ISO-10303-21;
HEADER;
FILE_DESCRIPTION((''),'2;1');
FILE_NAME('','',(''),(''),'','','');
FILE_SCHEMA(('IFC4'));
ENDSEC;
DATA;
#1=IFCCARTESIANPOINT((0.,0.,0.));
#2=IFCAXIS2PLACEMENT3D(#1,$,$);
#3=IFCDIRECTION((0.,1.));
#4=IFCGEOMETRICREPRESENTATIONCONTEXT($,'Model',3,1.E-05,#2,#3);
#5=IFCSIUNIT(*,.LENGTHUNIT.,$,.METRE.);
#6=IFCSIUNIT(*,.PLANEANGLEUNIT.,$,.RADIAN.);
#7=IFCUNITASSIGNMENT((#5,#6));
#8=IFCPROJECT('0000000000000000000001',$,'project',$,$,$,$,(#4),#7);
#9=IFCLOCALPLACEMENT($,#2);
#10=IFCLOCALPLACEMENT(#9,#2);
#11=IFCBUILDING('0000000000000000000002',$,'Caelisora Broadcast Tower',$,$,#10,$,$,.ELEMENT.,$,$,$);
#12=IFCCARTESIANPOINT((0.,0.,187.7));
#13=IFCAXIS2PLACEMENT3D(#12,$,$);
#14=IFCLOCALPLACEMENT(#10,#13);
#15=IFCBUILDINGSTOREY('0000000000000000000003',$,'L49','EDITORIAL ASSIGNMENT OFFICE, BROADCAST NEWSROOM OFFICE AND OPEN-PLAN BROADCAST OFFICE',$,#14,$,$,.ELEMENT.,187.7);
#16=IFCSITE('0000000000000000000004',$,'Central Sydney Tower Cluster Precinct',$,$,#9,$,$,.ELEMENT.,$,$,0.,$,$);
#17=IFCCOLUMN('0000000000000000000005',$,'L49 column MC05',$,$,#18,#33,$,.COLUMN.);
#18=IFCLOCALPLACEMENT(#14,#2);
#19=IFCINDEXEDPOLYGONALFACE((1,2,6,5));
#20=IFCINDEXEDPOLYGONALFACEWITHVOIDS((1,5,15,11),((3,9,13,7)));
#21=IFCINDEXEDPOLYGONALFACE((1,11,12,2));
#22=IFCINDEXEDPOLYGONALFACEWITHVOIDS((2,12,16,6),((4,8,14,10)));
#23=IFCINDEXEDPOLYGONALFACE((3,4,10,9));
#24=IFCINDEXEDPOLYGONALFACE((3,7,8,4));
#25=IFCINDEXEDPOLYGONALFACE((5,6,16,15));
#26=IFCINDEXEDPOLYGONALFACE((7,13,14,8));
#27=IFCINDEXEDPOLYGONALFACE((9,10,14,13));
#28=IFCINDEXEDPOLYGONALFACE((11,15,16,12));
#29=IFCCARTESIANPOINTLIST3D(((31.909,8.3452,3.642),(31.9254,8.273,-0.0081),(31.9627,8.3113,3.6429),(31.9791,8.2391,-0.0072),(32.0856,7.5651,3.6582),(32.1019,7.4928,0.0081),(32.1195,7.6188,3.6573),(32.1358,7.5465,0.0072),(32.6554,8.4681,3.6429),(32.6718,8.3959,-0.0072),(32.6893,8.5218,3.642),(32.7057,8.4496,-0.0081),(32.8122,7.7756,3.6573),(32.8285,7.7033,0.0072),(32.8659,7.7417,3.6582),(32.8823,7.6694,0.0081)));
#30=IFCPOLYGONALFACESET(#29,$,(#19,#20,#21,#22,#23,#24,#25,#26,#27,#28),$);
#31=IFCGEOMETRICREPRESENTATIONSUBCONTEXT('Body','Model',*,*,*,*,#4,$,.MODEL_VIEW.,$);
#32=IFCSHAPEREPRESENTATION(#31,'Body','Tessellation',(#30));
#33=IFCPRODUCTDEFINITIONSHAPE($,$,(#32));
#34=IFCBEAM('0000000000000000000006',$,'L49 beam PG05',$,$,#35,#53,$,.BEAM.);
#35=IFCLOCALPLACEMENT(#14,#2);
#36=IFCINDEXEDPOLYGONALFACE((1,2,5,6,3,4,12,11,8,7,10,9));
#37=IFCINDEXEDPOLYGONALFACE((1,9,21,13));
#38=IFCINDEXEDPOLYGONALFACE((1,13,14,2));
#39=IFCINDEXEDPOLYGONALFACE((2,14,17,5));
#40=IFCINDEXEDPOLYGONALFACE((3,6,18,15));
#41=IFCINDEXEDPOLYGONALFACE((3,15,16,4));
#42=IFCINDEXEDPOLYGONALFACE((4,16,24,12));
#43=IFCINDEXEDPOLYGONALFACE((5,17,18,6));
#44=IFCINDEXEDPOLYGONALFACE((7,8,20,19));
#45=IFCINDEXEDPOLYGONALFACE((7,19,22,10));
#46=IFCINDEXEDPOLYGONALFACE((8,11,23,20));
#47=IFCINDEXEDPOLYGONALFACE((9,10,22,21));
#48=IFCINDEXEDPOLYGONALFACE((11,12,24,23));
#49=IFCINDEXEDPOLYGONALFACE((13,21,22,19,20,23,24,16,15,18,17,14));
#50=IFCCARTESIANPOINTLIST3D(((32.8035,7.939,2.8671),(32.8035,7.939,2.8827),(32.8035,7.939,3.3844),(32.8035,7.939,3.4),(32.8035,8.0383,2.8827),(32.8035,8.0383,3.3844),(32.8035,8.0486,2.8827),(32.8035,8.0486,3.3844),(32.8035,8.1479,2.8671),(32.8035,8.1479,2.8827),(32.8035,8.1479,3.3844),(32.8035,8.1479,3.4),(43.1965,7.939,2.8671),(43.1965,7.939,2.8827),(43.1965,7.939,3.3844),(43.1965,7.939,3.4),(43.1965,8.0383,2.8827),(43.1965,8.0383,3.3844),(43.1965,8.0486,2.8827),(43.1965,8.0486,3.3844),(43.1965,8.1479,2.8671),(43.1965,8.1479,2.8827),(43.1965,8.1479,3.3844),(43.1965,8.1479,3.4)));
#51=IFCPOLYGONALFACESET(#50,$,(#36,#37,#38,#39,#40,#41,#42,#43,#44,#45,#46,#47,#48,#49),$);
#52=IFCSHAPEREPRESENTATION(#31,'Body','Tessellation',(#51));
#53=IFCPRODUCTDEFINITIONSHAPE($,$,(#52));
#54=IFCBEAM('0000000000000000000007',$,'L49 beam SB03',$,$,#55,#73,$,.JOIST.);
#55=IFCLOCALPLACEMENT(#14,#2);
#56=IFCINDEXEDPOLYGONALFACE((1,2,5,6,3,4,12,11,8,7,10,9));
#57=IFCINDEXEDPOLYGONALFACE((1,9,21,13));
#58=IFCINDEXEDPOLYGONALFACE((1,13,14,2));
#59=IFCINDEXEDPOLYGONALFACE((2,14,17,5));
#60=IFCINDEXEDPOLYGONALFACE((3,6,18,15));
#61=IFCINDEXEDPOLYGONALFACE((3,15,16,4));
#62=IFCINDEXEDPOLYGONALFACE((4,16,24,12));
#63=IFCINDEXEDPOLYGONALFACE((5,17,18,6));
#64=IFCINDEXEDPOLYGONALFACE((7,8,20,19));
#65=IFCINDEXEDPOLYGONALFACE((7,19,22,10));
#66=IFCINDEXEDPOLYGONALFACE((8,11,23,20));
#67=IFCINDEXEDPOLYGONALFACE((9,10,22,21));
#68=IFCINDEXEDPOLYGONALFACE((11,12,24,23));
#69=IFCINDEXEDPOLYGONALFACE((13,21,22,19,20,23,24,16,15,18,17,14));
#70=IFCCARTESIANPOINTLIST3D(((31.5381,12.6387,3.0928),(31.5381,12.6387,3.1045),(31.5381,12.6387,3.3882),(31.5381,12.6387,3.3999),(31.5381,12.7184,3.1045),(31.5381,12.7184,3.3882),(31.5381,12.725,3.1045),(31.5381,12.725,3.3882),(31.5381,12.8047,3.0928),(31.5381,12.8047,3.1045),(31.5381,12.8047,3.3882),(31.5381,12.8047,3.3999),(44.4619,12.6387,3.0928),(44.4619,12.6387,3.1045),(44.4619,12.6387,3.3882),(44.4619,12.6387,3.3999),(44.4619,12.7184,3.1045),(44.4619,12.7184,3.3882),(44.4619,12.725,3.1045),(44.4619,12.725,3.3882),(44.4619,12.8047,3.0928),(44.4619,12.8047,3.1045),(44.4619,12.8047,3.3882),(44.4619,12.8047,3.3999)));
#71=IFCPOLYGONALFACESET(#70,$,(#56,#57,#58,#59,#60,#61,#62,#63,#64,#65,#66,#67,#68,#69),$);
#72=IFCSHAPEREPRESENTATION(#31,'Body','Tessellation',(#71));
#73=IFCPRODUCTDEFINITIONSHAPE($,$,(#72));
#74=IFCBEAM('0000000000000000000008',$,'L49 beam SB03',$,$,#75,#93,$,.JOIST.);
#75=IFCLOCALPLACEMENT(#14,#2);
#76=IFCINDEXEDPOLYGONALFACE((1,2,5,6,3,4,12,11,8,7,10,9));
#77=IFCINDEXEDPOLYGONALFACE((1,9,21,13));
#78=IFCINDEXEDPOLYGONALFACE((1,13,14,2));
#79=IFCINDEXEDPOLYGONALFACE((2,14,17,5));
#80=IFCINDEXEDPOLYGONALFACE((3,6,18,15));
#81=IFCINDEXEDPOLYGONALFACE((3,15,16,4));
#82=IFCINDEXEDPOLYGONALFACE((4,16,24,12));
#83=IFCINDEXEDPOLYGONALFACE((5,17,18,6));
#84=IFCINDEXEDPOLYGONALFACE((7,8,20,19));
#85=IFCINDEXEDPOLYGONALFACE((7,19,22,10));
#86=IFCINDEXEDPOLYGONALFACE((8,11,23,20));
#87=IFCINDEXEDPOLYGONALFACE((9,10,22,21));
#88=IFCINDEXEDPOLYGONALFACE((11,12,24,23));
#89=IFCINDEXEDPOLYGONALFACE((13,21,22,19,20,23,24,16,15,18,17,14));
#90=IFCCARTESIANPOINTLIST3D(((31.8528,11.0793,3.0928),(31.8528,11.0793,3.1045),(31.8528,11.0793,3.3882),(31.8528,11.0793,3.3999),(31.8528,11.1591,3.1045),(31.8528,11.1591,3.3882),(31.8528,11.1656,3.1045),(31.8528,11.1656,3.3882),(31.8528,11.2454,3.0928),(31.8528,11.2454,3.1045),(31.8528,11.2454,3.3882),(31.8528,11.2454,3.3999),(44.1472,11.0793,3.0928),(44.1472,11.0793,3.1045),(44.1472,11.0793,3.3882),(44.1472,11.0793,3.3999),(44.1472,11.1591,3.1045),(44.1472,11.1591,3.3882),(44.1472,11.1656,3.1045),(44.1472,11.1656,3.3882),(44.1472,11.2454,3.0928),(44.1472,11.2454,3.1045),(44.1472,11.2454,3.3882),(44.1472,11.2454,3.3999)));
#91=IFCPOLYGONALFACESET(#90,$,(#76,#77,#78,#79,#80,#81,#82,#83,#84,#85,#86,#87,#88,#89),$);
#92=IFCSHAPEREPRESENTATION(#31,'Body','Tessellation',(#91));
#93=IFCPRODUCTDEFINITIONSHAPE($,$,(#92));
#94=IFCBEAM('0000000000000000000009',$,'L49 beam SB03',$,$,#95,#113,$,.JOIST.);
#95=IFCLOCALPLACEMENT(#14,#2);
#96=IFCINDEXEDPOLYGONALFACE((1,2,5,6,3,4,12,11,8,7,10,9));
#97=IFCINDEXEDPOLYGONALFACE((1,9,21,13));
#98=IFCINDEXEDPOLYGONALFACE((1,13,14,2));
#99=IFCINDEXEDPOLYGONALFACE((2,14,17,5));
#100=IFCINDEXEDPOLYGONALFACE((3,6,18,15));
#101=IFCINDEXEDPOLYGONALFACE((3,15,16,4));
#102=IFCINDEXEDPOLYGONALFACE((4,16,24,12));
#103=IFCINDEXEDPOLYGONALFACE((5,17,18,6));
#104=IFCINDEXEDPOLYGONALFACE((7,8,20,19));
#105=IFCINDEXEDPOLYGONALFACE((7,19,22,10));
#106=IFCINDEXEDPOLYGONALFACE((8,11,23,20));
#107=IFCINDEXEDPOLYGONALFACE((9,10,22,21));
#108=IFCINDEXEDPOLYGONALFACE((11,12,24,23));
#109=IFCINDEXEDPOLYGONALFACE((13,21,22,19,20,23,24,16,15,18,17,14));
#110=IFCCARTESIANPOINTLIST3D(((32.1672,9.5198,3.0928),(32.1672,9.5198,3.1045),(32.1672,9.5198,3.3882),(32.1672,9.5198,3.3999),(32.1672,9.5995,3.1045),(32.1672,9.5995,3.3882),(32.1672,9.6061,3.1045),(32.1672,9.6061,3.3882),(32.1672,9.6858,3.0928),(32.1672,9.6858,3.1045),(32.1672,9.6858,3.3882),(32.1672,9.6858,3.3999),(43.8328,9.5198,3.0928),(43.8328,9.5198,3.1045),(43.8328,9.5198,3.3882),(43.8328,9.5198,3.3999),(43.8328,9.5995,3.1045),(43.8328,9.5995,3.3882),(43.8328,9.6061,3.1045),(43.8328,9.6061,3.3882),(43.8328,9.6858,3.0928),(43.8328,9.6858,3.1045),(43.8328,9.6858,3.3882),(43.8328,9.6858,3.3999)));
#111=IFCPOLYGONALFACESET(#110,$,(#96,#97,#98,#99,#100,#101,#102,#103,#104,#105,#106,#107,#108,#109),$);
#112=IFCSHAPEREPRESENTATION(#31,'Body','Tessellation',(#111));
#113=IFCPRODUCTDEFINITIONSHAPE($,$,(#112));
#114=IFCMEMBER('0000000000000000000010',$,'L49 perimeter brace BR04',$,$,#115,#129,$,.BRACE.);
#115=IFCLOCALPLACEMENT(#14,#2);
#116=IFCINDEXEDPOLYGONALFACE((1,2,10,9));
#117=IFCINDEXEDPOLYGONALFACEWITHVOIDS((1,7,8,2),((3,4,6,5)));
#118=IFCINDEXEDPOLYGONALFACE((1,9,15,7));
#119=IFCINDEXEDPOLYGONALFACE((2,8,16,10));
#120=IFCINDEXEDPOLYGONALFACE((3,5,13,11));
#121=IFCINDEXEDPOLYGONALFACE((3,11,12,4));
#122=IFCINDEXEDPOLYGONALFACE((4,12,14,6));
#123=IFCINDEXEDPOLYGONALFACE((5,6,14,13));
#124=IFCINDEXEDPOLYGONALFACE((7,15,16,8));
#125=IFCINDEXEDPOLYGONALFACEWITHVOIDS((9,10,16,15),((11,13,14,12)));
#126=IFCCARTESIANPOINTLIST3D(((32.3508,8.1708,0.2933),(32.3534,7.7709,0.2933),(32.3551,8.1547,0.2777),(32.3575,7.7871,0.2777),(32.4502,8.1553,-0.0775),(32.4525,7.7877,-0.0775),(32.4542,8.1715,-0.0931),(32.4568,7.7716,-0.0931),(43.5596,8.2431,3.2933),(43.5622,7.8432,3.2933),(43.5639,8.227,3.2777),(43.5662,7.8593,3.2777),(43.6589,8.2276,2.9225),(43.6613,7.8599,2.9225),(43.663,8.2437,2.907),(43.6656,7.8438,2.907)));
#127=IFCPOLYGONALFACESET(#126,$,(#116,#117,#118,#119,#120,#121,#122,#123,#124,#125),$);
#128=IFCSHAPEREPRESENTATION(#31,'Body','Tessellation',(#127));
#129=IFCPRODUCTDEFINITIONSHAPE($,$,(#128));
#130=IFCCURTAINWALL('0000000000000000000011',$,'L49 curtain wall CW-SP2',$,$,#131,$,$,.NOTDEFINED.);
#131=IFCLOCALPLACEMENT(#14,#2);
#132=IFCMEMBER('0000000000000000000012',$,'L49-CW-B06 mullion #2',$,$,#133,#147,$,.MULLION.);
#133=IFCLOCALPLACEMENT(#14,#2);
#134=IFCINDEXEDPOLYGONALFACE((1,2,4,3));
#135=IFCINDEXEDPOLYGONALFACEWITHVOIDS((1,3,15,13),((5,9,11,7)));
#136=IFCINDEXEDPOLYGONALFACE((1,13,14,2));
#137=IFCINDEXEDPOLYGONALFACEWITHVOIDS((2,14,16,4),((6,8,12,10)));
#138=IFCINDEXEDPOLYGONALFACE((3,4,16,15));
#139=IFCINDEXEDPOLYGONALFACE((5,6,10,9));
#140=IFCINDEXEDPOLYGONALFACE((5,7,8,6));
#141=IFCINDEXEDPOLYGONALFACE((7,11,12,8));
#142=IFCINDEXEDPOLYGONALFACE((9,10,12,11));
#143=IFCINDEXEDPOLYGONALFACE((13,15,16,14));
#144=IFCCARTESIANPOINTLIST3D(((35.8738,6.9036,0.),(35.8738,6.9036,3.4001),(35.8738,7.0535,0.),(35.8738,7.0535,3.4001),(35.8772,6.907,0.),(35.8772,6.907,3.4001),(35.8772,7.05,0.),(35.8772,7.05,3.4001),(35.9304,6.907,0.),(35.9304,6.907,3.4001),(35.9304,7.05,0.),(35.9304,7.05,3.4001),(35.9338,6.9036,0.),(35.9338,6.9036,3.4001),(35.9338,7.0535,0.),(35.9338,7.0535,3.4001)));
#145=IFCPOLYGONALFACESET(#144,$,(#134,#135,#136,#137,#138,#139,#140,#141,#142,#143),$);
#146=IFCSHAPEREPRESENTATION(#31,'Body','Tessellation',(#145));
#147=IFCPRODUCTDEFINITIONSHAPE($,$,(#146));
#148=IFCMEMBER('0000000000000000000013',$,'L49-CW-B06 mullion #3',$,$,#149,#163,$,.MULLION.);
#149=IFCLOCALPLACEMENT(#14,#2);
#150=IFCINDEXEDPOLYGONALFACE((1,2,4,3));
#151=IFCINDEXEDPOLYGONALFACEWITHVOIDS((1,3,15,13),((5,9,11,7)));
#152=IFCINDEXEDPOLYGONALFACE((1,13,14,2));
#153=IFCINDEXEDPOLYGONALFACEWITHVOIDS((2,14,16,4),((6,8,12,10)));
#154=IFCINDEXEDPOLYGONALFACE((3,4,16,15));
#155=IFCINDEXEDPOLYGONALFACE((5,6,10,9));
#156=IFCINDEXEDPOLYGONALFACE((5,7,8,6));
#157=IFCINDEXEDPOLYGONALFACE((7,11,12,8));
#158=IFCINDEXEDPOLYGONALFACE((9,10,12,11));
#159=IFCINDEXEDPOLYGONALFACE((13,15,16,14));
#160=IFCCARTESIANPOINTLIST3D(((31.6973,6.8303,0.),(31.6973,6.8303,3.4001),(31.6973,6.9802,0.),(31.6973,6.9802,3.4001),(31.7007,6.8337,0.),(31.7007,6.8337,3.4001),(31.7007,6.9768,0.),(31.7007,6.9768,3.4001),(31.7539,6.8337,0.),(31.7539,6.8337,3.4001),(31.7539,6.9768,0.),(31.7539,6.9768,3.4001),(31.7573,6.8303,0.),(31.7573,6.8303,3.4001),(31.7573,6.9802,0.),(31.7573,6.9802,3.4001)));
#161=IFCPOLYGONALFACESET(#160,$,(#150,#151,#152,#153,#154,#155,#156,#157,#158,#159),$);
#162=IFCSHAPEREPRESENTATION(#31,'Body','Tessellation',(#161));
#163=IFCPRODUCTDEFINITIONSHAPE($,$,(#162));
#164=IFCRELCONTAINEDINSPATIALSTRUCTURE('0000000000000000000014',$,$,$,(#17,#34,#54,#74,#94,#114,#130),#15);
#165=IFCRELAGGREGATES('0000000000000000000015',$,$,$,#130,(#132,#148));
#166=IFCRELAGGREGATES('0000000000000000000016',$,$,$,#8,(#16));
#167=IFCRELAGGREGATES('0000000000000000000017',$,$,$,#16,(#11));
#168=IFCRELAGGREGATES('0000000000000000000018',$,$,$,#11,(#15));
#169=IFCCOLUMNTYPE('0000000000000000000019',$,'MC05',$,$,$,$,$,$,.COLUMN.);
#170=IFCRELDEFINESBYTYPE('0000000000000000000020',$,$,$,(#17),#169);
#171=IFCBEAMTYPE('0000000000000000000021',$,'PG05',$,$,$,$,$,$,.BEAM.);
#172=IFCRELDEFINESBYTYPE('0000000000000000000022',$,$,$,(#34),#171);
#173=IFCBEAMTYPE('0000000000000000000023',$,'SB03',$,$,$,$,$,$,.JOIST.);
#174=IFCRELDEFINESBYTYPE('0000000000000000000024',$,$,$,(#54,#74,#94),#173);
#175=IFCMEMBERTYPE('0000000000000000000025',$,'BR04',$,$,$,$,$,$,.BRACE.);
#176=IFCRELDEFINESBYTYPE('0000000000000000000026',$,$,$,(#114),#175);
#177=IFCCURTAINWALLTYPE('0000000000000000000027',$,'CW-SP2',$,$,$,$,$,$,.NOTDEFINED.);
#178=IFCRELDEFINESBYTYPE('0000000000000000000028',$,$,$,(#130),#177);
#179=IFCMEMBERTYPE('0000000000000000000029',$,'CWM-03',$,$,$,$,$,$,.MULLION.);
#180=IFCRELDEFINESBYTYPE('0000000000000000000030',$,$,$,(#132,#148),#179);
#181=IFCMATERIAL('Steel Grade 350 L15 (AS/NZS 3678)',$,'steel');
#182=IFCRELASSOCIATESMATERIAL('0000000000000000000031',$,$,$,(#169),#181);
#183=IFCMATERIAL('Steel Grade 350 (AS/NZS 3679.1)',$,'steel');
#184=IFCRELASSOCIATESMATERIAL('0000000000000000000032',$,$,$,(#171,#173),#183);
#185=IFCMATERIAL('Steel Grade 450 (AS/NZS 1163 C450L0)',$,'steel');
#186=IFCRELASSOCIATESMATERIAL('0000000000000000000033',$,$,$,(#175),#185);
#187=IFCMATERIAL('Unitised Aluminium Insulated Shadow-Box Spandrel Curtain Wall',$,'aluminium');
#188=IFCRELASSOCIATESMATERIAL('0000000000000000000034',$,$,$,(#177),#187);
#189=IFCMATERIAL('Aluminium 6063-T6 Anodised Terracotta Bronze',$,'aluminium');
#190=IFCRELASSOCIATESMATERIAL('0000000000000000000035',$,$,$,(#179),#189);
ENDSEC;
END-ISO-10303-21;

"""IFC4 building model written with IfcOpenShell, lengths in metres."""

from ifc_helpers import new_model, si_unit, direction, frame, origin, origin_2d, place, context, subcontext, project, spatial, hollow_rectangle, i_section, extrude, source, transform, mapped, material, material_profile, profile_set, type_object, type_shapes, element, aggregate, save


model = new_model("IFC4")

# Units and contexts
model_context = context("Model", 3, precision=1e-05, world=origin(), true_north=direction((0.0, 1.0)))
body_context = subcontext(model_context, "Body", "Model", "MODEL_VIEW")
ifc_project = project(units=[si_unit("LENGTHUNIT", "METRE"), si_unit("PLANEANGLEUNIT", "RADIAN")], contexts=[model_context])

# Site, building, storey
site_placement = place(None, origin())
site = spatial("IfcSite", under=ifc_project, at=site_placement, Name="Central Sydney Tower Cluster Precinct", CompositionType="ELEMENT", RefElevation=0.0)
building_placement = place(site_placement, origin())
building = spatial("IfcBuilding", under=site, at=building_placement, Name="Caelisora Broadcast Tower", CompositionType="ELEMENT")
storey_placement = place(building_placement, frame((0.0, 0.0, 187.7)))
storey = spatial("IfcBuildingStorey", under=building, at=storey_placement, Name="L49", Description="EDITORIAL ASSIGNMENT OFFICE, BROADCAST NEWSROOM OFFICE AND OPEN-PLAN BROADCAST OFFICE", CompositionType="ELEMENT", Elevation=187.7)

# Column
ifc_material_1 = material(Name="Steel Grade 350 L15 (AS/NZS 3678)", Category="steel")
ifc_material_profile_1 = material_profile(ifc_material_1, hollow_rectangle(XDim=0.8, YDim=0.8, WallThickness=0.0449, at=origin_2d()), Name="Steel Grade 350 L15 (AS/NZS 3678)")
ifc_profile_set_1 = profile_set([ifc_material_profile_1], Name="Steel Grade 350 L15 (AS/NZS 3678)")
column_type = type_object("IfcColumnType", Name="MC05", PredefinedType="COLUMN", material=ifc_profile_set_1)
shared_shape_1 = source(origin(), body_context, "Body", "SweptSolid", [
    extrude(hollow_rectangle(XDim=0.8, YDim=0.8, WallThickness=0.0449, at=origin_2d()), origin(), (0.0, 0.0, 1.0), 3.6509),
])
type_shapes(column_type, [shared_shape_1])
column_placement = place(storey_placement, frame((32.4038, 7.9712, 0.0), z_axis=(-0.00448, 0.019794, 0.999794), x_axis=(-0.975327, -0.220767, 0.0)))
element("IfcColumn", 1, at=column_placement, inside=storey, type_object=column_type, Name="L49 column MC05", PredefinedType="COLUMN", context=body_context, shape_type="MappedRepresentation", body=[
    mapped(shared_shape_1, transform((0.0, 0.0, 0.0), scale=1.0)),
])

# Beams
ifc_material_2 = material(Name="Steel Grade 350 (AS/NZS 3679.1)", Category="steel")
ifc_material_profile_2 = material_profile(ifc_material_2, i_section(OverallWidth=0.209, OverallDepth=0.533, WebThickness=0.0103, FlangeThickness=0.0156, at=origin_2d()), Name="Steel Grade 350 (AS/NZS 3679.1)")
ifc_profile_set_2 = profile_set([ifc_material_profile_2], Name="Steel Grade 350 (AS/NZS 3679.1)")
beam_type_1 = type_object("IfcBeamType", Name="PG05", PredefinedType="BEAM", material=ifc_profile_set_2)
shared_shape_2 = source(origin(), body_context, "Body", "SweptSolid", [
    extrude(i_section(OverallWidth=0.209, OverallDepth=0.533, WebThickness=0.0103, FlangeThickness=0.0156, at=origin_2d()), origin(), (0.0, 0.0, 1.0), 10.3931),
])
type_shapes(beam_type_1, [shared_shape_2])
beam_1_placement = place(storey_placement, frame((32.8035, 8.0435, 3.1335), z_axis=(1.0, 0.0, 0.0), x_axis=(0.0, 1.0, 0.0)))
element("IfcBeam", 2, at=beam_1_placement, inside=storey, type_object=beam_type_1, Name="L49 beam PG05", PredefinedType="BEAM", context=body_context, shape_type="MappedRepresentation", body=[
    mapped(shared_shape_2, transform((0.0, 0.0, 0.0), scale=1.0)),
])
ifc_material_profile_3 = material_profile(ifc_material_2, i_section(OverallWidth=0.166, OverallDepth=0.3071, WebThickness=0.0066, FlangeThickness=0.0117, at=origin_2d()), Name="Steel Grade 350 (AS/NZS 3679.1)")
ifc_profile_set_3 = profile_set([ifc_material_profile_3], Name="Steel Grade 350 (AS/NZS 3679.1)")
beam_type_2 = type_object("IfcBeamType", Name="SB03", PredefinedType="JOIST", material=ifc_profile_set_3)
shared_shape_3 = source(origin(), body_context, "Body", "SweptSolid", [
    extrude(i_section(OverallWidth=0.166, OverallDepth=0.3071, WebThickness=0.0066, FlangeThickness=0.0117, at=origin_2d()), origin(), (0.0, 0.0, 1.0), 12.9238),
])
beam_2_placement = place(storey_placement, frame((31.5381, 12.7217, 3.2463), z_axis=(1.0, 0.0, 0.0), x_axis=(0.0, 1.0, 0.0)))
element("IfcBeam", 3, at=beam_2_placement, inside=storey, type_object=beam_type_2, Name="L49 beam SB03", PredefinedType="JOIST", context=body_context, shape_type="MappedRepresentation", body=[
    mapped(shared_shape_3, transform((0.0, 0.0, 0.0), scale=1.0)),
])
shared_shape_4 = source(origin(), body_context, "Body", "SweptSolid", [
    extrude(i_section(OverallWidth=0.166, OverallDepth=0.3071, WebThickness=0.0066, FlangeThickness=0.0117, at=origin_2d()), origin(), (0.0, 0.0, 1.0), 12.2944),
])
beam_3_placement = place(storey_placement, frame((31.8528, 11.1624, 3.2463), z_axis=(1.0, 0.0, 0.0), x_axis=(0.0, 1.0, 0.0)))
element("IfcBeam", 4, at=beam_3_placement, inside=storey, type_object=beam_type_2, Name="L49 beam SB03", PredefinedType="JOIST", context=body_context, shape_type="MappedRepresentation", body=[
    mapped(shared_shape_4, transform((0.0, 0.0, 0.0), scale=1.0)),
])
shared_shape_5 = source(origin(), body_context, "Body", "SweptSolid", [
    extrude(i_section(OverallWidth=0.166, OverallDepth=0.3071, WebThickness=0.0066, FlangeThickness=0.0117, at=origin_2d()), origin(), (0.0, 0.0, 1.0), 11.6655),
])
type_shapes(beam_type_2, [shared_shape_3, shared_shape_4, shared_shape_5])
beam_4_placement = place(storey_placement, frame((32.1672, 9.6028, 3.2463), z_axis=(1.0, 0.0, 0.0), x_axis=(0.0, 1.0, 0.0)))
element("IfcBeam", 5, at=beam_4_placement, inside=storey, type_object=beam_type_2, Name="L49 beam SB03", PredefinedType="JOIST", context=body_context, shape_type="MappedRepresentation", body=[
    mapped(shared_shape_5, transform((0.0, 0.0, 0.0), scale=1.0)),
])

# Member
ifc_material_3 = material(Name="Steel Grade 450 (AS/NZS 1163 C450L0)", Category="steel")
ifc_material_profile_4 = material_profile(ifc_material_3, hollow_rectangle(XDim=0.3999, YDim=0.3999, WallThickness=0.0161, at=origin_2d()), Name="Steel Grade 450 (AS/NZS 1163 C450L0)")
ifc_profile_set_4 = profile_set([ifc_material_profile_4], Name="Steel Grade 450 (AS/NZS 1163 C450L0)")
member_type_1 = type_object("IfcMemberType", Name="BR04", PredefinedType="BRACE", material=ifc_profile_set_4)
shared_shape_6 = source(origin(), body_context, "Body", "SweptSolid", [
    extrude(hollow_rectangle(XDim=0.3999, YDim=0.3999, WallThickness=0.0161, at=origin_2d()), origin(), (0.0, 0.0, 1.0), 11.6035),
])
type_shapes(member_type_1, [shared_shape_6])
member_1_placement = place(storey_placement, frame((32.4038, 7.9712, 0.1001), z_axis=(0.96598, 0.006228, 0.258543), x_axis=(-0.006447, 0.999979, 0.0)))
element("IfcMember", 6, at=member_1_placement, inside=storey, type_object=member_type_1, Name="L49 perimeter brace BR04", PredefinedType="BRACE", context=body_context, shape_type="MappedRepresentation", body=[
    mapped(shared_shape_6, transform((0.0, 0.0, 0.0), scale=1.0)),
])

# Curtain wall, members
ifc_material_4 = material(Name="Unitised Aluminium Insulated Shadow-Box Spandrel Curtain Wall", Category="aluminium")
curtain_wall_type_1 = type_object("IfcCurtainWallType", Name="CW-SP2", PredefinedType="NOTDEFINED", material=ifc_material_4)
curtain_wall_1_placement = place(storey_placement, origin())
curtain_wall_1 = element("IfcCurtainWall", 7, at=curtain_wall_1_placement, inside=storey, type_object=curtain_wall_type_1, Name="L49 curtain wall CW-SP2", PredefinedType="NOTDEFINED")
ifc_material_5 = material(Name="Aluminium 6063-T6 Anodised Terracotta Bronze", Category="aluminium")
ifc_material_profile_5 = material_profile(ifc_material_5, hollow_rectangle(XDim=0.0601, YDim=0.1499, WallThickness=0.0034, at=origin_2d()), Name="Aluminium 6063-T6 Anodised Terracotta Bronze")
ifc_profile_set_5 = profile_set([ifc_material_profile_5], Name="Aluminium 6063-T6 Anodised Terracotta Bronze")
member_type_2 = type_object("IfcMemberType", Name="CWM-03", PredefinedType="MULLION", material=ifc_profile_set_5)
shared_shape_7 = source(origin(), body_context, "Body", "SweptSolid", [
    extrude(hollow_rectangle(XDim=0.0601, YDim=0.1499, WallThickness=0.0034, at=origin_2d()), origin(), (0.0, 0.0, 1.0), 3.4001),
])
type_shapes(member_type_2, [shared_shape_7])
member_2_placement = place(storey_placement, frame((35.9038, 6.9785, 0.0), z_axis=(0.0, 0.0, 1.0), x_axis=(1.0, 0.0, 0.0)))
member_2 = element("IfcMember", 8, at=member_2_placement, type_object=member_type_2, Name="L49-CW-B06 mullion #2", PredefinedType="MULLION", context=body_context, shape_type="MappedRepresentation", body=[
    mapped(shared_shape_7, transform((0.0, 0.0, 0.0), scale=1.0)),
])
member_3_placement = place(storey_placement, frame((31.7273, 6.9053, 0.0), z_axis=(0.0, 0.0, 1.0), x_axis=(1.0, 0.0, 0.0)))
member_3 = element("IfcMember", 9, at=member_3_placement, type_object=member_type_2, Name="L49-CW-B06 mullion #3", PredefinedType="MULLION", context=body_context, shape_type="MappedRepresentation", body=[
    mapped(shared_shape_7, transform((0.0, 0.0, 0.0), scale=1.0)),
])

aggregate(curtain_wall_1, [member_2, member_3])

save(model, "model.ifc")
